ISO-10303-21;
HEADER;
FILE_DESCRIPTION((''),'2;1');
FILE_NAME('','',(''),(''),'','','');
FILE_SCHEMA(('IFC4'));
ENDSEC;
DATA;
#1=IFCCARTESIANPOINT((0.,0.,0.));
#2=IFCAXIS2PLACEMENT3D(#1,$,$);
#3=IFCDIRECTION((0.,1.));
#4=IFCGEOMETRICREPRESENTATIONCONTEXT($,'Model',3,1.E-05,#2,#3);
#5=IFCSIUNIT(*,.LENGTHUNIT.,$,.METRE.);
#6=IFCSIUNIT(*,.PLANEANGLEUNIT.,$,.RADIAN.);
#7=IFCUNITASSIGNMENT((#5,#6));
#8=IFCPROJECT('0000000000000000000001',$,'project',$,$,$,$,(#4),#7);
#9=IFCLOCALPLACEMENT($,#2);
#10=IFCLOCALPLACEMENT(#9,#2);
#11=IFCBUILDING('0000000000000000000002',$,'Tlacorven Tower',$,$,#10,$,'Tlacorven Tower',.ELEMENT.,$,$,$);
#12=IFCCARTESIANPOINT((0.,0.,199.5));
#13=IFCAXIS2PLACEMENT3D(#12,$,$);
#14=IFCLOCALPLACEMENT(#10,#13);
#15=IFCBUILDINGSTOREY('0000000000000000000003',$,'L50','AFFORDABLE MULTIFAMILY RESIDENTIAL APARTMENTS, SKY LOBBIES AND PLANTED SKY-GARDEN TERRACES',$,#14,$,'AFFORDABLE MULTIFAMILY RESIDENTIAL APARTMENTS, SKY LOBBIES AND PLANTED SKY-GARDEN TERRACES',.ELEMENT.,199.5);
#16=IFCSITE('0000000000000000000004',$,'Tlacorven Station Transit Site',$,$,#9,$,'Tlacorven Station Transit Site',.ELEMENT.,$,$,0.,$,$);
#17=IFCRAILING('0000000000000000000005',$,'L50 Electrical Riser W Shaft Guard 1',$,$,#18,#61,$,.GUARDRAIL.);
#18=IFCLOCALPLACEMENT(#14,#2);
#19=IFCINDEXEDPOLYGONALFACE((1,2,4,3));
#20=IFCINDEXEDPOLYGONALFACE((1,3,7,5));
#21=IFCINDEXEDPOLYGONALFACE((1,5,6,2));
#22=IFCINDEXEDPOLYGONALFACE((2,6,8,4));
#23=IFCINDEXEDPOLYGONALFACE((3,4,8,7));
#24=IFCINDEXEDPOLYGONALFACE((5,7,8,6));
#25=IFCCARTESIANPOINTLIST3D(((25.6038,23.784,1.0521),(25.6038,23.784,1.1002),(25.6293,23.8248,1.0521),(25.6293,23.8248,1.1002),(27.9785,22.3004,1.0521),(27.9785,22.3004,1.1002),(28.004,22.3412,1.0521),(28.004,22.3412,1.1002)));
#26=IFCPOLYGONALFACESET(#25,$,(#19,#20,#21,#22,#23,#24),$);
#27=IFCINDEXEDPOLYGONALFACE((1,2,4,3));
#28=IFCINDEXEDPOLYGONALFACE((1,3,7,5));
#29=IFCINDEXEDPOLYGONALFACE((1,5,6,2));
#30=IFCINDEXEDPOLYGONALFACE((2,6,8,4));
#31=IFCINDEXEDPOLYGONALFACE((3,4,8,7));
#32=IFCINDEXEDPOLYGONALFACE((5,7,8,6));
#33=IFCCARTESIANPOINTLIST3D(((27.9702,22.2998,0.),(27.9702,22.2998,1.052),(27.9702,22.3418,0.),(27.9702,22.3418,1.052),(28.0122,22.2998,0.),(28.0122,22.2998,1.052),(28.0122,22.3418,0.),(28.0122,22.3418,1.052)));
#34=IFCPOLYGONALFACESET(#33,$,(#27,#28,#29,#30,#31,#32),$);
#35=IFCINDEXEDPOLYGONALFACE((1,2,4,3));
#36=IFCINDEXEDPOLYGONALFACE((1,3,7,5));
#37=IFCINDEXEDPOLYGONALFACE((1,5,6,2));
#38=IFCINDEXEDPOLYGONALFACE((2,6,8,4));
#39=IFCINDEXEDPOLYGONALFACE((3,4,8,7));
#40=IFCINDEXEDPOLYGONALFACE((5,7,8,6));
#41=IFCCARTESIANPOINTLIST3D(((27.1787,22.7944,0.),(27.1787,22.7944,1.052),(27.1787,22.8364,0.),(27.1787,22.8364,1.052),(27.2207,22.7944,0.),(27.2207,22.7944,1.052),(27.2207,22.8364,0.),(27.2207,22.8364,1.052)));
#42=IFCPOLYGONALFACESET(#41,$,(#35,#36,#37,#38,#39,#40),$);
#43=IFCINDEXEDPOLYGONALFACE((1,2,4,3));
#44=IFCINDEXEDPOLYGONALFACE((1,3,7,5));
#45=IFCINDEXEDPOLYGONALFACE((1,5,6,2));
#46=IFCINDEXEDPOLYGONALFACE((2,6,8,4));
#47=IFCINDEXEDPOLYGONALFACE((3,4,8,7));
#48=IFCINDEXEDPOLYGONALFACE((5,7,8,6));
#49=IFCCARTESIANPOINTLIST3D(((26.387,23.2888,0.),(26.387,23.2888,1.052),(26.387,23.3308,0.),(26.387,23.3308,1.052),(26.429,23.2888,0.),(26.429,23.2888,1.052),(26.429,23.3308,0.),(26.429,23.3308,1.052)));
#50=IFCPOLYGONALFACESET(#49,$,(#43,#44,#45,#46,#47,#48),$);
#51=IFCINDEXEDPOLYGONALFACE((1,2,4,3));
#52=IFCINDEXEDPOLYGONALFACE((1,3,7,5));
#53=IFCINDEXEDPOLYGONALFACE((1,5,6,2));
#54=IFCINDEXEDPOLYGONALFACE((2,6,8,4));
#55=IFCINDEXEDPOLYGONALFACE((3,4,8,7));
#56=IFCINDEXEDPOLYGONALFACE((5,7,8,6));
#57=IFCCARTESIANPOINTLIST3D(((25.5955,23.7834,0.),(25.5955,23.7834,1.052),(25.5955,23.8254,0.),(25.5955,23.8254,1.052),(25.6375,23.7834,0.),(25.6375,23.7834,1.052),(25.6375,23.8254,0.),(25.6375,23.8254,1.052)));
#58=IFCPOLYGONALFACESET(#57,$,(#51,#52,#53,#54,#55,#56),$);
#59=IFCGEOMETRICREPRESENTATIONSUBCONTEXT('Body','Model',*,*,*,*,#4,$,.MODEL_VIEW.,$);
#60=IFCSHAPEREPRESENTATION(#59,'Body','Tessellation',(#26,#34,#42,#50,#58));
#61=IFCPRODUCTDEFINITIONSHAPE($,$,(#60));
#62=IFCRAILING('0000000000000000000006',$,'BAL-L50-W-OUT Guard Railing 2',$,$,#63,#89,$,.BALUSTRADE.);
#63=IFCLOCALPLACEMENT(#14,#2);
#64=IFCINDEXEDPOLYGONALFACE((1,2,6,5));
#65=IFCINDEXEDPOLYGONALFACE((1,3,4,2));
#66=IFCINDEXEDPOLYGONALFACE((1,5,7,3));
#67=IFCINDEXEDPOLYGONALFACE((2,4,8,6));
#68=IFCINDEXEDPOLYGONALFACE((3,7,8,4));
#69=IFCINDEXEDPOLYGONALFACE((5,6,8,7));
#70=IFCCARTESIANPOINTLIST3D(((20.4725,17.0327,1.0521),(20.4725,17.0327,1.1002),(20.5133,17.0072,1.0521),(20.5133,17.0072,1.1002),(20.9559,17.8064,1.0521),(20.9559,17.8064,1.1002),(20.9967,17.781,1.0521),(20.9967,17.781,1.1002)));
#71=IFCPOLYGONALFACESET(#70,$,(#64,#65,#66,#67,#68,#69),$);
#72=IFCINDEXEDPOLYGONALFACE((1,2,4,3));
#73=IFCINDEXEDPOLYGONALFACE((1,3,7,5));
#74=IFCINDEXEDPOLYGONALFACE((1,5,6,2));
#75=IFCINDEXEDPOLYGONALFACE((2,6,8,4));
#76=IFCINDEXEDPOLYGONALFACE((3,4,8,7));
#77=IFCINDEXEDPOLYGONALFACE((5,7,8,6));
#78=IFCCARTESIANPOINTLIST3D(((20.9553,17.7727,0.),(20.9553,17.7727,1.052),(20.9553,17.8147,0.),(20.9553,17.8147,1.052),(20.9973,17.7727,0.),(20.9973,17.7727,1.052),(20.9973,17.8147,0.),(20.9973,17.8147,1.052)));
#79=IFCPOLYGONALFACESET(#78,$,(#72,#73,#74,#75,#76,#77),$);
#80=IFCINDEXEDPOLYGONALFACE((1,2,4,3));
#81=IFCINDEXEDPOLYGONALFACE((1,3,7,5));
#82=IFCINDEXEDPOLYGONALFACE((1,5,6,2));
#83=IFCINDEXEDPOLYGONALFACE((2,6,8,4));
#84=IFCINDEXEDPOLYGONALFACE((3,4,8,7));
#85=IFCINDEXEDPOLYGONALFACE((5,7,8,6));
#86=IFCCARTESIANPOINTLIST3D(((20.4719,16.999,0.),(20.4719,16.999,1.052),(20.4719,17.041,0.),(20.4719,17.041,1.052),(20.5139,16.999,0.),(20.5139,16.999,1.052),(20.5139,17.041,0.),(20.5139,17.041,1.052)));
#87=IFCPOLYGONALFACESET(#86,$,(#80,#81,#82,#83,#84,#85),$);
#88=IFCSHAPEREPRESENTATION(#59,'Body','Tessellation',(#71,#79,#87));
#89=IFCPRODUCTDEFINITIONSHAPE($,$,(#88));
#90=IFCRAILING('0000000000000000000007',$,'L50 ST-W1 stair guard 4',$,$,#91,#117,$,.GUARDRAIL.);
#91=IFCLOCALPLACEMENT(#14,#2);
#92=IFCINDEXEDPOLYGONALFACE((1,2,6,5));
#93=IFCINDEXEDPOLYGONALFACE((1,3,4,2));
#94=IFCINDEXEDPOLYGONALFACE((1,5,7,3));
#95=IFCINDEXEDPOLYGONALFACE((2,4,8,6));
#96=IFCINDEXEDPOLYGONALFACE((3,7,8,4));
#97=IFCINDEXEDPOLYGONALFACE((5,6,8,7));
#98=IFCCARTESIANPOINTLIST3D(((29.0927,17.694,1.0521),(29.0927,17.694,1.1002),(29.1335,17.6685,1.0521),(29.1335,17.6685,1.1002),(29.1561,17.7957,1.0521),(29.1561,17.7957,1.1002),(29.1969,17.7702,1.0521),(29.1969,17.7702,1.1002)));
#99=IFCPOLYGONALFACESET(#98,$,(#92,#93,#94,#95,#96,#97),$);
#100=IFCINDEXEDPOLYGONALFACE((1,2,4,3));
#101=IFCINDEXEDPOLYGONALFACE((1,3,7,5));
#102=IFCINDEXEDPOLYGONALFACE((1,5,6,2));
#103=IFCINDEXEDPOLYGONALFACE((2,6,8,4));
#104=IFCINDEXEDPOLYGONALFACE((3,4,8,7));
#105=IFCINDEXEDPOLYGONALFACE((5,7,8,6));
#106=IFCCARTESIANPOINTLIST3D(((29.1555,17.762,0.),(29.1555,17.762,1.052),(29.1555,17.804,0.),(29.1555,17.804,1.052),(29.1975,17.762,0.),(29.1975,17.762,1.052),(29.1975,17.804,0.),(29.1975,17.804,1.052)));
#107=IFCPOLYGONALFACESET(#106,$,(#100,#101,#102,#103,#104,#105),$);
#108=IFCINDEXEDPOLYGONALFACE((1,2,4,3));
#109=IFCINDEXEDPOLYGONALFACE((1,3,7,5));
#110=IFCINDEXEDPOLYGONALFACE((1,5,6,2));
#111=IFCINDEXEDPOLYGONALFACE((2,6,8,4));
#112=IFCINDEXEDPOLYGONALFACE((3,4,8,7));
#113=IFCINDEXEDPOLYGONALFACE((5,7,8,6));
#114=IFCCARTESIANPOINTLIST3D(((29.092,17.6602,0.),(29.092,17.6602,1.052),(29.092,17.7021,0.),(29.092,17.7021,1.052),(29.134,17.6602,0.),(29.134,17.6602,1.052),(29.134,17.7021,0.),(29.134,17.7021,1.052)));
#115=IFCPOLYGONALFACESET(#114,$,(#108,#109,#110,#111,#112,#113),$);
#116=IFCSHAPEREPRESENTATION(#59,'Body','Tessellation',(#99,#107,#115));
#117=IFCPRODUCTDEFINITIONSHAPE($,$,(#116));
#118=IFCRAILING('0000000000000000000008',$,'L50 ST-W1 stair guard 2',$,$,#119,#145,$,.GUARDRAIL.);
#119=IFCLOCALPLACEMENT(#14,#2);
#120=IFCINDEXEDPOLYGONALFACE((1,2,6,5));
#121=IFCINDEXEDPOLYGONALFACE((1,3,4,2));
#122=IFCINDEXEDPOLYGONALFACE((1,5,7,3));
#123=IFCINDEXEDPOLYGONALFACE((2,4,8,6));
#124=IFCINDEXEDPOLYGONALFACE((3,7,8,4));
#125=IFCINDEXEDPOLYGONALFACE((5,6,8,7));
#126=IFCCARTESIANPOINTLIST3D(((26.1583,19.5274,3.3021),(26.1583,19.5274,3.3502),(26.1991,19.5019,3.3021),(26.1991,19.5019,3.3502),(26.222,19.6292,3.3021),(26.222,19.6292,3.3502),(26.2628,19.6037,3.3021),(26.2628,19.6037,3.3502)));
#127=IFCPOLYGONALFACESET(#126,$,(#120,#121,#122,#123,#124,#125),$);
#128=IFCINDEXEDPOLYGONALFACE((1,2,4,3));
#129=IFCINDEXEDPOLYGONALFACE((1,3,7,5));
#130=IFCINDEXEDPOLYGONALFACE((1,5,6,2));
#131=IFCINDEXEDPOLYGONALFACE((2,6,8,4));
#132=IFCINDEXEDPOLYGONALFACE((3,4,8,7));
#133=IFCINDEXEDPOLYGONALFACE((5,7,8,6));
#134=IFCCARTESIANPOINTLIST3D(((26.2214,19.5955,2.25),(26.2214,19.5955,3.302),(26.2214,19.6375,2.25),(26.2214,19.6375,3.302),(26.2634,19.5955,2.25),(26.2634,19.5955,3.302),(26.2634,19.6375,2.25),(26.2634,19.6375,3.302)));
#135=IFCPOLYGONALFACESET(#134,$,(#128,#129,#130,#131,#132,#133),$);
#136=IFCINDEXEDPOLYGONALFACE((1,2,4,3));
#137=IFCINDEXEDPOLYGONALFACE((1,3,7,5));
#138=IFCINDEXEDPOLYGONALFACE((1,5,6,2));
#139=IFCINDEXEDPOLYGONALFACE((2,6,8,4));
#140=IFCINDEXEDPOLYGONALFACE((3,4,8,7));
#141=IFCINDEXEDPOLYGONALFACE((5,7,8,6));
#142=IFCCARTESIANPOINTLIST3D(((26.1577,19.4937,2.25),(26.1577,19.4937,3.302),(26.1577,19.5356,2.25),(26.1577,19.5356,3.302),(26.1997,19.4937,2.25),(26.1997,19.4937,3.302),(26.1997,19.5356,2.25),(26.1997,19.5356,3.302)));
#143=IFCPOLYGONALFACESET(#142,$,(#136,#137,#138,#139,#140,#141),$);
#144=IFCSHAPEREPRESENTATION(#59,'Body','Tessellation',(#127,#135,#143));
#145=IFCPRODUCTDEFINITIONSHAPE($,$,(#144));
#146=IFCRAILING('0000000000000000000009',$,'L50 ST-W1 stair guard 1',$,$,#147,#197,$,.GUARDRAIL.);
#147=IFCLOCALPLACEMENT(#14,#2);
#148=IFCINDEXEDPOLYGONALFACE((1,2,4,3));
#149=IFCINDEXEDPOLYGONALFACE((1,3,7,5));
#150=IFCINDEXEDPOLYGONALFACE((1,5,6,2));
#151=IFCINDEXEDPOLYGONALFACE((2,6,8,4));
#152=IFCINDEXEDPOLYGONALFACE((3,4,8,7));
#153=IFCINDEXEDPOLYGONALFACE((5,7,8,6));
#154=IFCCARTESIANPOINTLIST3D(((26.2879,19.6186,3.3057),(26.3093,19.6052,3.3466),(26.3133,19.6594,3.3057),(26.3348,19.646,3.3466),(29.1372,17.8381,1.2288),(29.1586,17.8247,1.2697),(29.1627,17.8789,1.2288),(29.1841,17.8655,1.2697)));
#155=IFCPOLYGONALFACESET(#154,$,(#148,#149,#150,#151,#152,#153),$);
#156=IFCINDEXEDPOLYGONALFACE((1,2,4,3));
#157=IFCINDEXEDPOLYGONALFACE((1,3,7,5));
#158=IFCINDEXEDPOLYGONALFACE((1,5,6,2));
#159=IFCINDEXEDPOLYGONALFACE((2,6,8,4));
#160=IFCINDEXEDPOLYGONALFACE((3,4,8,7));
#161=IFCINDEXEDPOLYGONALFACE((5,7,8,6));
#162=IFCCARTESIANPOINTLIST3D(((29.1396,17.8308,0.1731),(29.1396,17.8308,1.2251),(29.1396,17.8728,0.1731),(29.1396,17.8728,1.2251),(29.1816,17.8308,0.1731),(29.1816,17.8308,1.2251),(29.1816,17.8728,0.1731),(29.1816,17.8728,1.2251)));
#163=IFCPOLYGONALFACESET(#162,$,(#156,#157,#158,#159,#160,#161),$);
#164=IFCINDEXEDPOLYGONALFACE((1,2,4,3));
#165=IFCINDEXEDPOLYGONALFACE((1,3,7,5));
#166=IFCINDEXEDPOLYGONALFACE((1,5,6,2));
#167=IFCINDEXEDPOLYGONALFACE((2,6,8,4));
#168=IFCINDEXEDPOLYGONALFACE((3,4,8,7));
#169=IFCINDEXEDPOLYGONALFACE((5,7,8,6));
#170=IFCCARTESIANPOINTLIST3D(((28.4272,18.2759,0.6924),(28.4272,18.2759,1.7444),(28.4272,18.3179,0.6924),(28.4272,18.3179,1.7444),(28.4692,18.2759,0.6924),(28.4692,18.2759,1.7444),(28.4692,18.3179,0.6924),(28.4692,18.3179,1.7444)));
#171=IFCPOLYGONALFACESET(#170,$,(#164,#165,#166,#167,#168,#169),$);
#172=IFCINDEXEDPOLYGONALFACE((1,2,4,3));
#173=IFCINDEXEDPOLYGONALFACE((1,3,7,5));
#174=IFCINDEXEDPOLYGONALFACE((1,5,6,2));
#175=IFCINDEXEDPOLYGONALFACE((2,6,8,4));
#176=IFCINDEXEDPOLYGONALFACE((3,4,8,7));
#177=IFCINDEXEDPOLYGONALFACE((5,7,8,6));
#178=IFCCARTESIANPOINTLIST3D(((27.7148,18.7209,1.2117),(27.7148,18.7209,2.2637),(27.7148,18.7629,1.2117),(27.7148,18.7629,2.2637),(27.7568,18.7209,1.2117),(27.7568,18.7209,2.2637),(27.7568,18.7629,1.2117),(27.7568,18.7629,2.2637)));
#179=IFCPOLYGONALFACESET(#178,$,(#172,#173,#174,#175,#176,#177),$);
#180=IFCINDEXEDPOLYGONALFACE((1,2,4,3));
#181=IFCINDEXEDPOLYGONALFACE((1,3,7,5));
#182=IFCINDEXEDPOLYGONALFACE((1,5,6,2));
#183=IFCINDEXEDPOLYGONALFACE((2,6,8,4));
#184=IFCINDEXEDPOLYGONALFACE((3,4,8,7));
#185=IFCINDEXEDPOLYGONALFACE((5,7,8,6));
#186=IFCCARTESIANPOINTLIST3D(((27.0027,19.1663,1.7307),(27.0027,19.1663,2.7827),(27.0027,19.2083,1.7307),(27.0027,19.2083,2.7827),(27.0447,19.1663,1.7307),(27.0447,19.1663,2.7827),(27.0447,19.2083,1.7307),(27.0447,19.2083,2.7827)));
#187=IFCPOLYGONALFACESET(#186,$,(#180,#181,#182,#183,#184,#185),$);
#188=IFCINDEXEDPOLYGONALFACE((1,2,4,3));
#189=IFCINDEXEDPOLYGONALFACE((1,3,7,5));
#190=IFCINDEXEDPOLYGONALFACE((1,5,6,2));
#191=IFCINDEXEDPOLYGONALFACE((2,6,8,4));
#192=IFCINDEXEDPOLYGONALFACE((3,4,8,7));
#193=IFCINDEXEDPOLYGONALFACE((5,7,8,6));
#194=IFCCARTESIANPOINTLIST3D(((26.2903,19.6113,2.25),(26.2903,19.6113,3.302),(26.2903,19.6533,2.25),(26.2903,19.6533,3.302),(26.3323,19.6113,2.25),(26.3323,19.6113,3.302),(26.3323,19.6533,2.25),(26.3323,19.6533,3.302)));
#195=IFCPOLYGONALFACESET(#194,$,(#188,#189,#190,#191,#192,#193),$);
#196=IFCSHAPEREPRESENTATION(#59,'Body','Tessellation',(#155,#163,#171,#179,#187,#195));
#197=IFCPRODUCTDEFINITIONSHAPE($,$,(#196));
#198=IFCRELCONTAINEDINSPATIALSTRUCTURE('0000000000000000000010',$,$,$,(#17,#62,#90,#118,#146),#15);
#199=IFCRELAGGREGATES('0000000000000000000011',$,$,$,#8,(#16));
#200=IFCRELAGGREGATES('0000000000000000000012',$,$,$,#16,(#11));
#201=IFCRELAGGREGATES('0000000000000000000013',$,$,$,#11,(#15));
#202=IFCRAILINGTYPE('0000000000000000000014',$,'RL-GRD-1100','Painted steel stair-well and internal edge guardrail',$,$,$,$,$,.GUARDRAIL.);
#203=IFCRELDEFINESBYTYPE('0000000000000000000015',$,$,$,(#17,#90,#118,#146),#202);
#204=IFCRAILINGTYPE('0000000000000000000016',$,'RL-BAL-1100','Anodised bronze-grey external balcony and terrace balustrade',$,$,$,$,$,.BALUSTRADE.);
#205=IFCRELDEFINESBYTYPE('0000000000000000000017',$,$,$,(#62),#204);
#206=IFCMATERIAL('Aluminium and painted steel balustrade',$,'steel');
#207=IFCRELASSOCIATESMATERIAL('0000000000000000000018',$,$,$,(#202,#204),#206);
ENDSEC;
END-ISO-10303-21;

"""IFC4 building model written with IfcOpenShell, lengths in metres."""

from ifc_helpers import new_model, si_unit, direction, frame, origin, origin_2d, place, context, subcontext, project, spatial, rectangle, extrude, source, transform, mapped, material, type_object, element, save


model = new_model("IFC4")

# Units and contexts
model_context = context("Model", 3, precision=1e-05, world=origin(), true_north=direction((0.0, 1.0)))
body_context = subcontext(model_context, "Body", "Model", "MODEL_VIEW")
ifc_project = project(units=[si_unit("LENGTHUNIT", "METRE"), si_unit("PLANEANGLEUNIT", "RADIAN")], contexts=[model_context])

# Site, building, storey
site_placement = place(None, origin())
site = spatial("IfcSite", under=ifc_project, at=site_placement, Name="Tlacorven Station Transit Site", LongName="Tlacorven Station Transit Site", CompositionType="ELEMENT", RefElevation=0.0)
building_placement = place(site_placement, origin())
building = spatial("IfcBuilding", under=site, at=building_placement, Name="Tlacorven Tower", LongName="Tlacorven Tower", CompositionType="ELEMENT")
storey_placement = place(building_placement, frame((0.0, 0.0, 199.5)))
storey = spatial("IfcBuildingStorey", under=building, at=storey_placement, Name="L50", Description="AFFORDABLE MULTIFAMILY RESIDENTIAL APARTMENTS, SKY LOBBIES AND PLANTED SKY-GARDEN TERRACES", LongName="AFFORDABLE MULTIFAMILY RESIDENTIAL APARTMENTS, SKY LOBBIES AND PLANTED SKY-GARDEN TERRACES", CompositionType="ELEMENT", Elevation=199.5)

# Railings
ifc_material_1 = material(Name="Aluminium and painted steel balustrade", Category="steel")
railing_type_1 = type_object("IfcRailingType", Name="RL-GRD-1100", Description="Painted steel stair-well and internal edge guardrail", PredefinedType="GUARDRAIL", material=ifc_material_1)
shared_shape_1 = source(origin(), body_context, "Body", "SweptSolid", [
    extrude(rectangle(XDim=0.0481, YDim=0.0481, at=origin_2d()), frame((0.0, 0.0, 1.0762), z_axis=(-0.848091, 0.52985, 0.0), x_axis=(-0.52985, -0.848091, 0.0)), (0.0, 0.0, 1.0), 2.8),
    extrude(rectangle(XDim=0.042, YDim=0.042, at=origin_2d()), origin(), (0.0, 0.0, 1.0), 1.052),
    extrude(rectangle(XDim=0.042, YDim=0.042, at=origin_2d()), frame((-0.7915, 0.4946, 0.0)), (0.0, 0.0, 1.0), 1.052),
    extrude(rectangle(XDim=0.042, YDim=0.042, at=origin_2d()), frame((-1.5833, 0.989, 0.0)), (0.0, 0.0, 1.0), 1.052),
    extrude(rectangle(XDim=0.042, YDim=0.042, at=origin_2d()), frame((-2.3748, 1.4836, 0.0)), (0.0, 0.0, 1.0), 1.052),
])
railing_1_placement = place(storey_placement, frame((27.9912, 22.3208, 0.0)))
element("IfcRailing", 1, at=railing_1_placement, inside=storey, type_object=railing_type_1, Name="L50 Electrical Riser W Shaft Guard 1", PredefinedType="GUARDRAIL", context=body_context, shape_type="MappedRepresentation", body=[
    mapped(shared_shape_1, transform((0.0, 0.0, 0.0), scale=1.0)),
])
railing_type_2 = type_object("IfcRailingType", Name="RL-BAL-1100", Description="Anodised bronze-grey external balcony and terrace balustrade", PredefinedType="BALUSTRADE", material=ifc_material_1)
shared_shape_2 = source(origin(), body_context, "Body", "SweptSolid", [
    extrude(rectangle(XDim=0.0481, YDim=0.0481, at=origin_2d()), frame((0.0, 0.0, 1.0762), z_axis=(-0.529879, -0.848073, 0.0), x_axis=(0.848073, -0.529879, 0.0)), (0.0, 0.0, 1.0), 0.9124),
    extrude(rectangle(XDim=0.042, YDim=0.042, at=origin_2d()), origin(), (0.0, 0.0, 1.0), 1.052),
    extrude(rectangle(XDim=0.042, YDim=0.042, at=origin_2d()), frame((-0.4834, -0.7737, 0.0)), (0.0, 0.0, 1.0), 1.052),
])
railing_2_placement = place(storey_placement, frame((20.9763, 17.7937, 0.0)))
element("IfcRailing", 2, at=railing_2_placement, inside=storey, type_object=railing_type_2, Name="BAL-L50-W-OUT Guard Railing 2", PredefinedType="BALUSTRADE", context=body_context, shape_type="MappedRepresentation", body=[
    mapped(shared_shape_2, transform((0.0, 0.0, 0.0), scale=1.0)),
])
shared_shape_3 = source(origin(), body_context, "Body", "SweptSolid", [
    extrude(rectangle(XDim=0.0481, YDim=0.0481, at=origin_2d()), frame((0.0, 0.0, 1.0762), z_axis=(-0.529084, -0.848569, 0.0), x_axis=(0.848569, -0.529084, 0.0)), (0.0, 0.0, 1.0), 0.1199),
    extrude(rectangle(XDim=0.042, YDim=0.042, at=origin_2d()), origin(), (0.0, 0.0, 1.0), 1.052),
    extrude(rectangle(XDim=0.042, YDim=0.042, at=origin_2d()), frame((-0.0635, -0.1018, 0.0)), (0.0, 0.0, 1.0), 1.052),
])
railing_3_placement = place(storey_placement, frame((29.1765, 17.783, 0.0)))
element("IfcRailing", 3, at=railing_3_placement, inside=storey, type_object=railing_type_1, Name="L50 ST-W1 stair guard 4", PredefinedType="GUARDRAIL", context=body_context, shape_type="MappedRepresentation", body=[
    mapped(shared_shape_3, transform((0.0, 0.0, 0.0), scale=1.0)),
])
shared_shape_4 = source(origin(), body_context, "Body", "SweptSolid", [
    extrude(rectangle(XDim=0.0481, YDim=0.0481, at=origin_2d()), frame((0.0, 0.0, 1.0762), z_axis=(-0.530547, -0.847656, 0.0), x_axis=(0.847656, -0.530547, 0.0)), (0.0, 0.0, 1.0), 0.1201),
    extrude(rectangle(XDim=0.042, YDim=0.042, at=origin_2d()), origin(), (0.0, 0.0, 1.0), 1.052),
    extrude(rectangle(XDim=0.042, YDim=0.042, at=origin_2d()), frame((-0.0637, -0.1018, 0.0)), (0.0, 0.0, 1.0), 1.052),
])
railing_4_placement = place(storey_placement, frame((26.2424, 19.6165, 2.25)))
element("IfcRailing", 4, at=railing_4_placement, inside=storey, type_object=railing_type_1, Name="L50 ST-W1 stair guard 2", PredefinedType="GUARDRAIL", context=body_context, shape_type="MappedRepresentation", body=[
    mapped(shared_shape_4, transform((0.0, 0.0, 0.0), scale=1.0)),
])
shared_shape_5 = source(origin(), body_context, "Body", "SweptSolid", [
    extrude(rectangle(XDim=0.0481, YDim=0.0481, at=origin_2d()), frame((0.0, 0.0, 1.0762), z_axis=(-0.721355, 0.450762, 0.525796), x_axis=(-0.529927, -0.848043, 0.0)), (0.0, 0.0, 1.0), 3.95),
    extrude(rectangle(XDim=0.042, YDim=0.042, at=origin_2d()), origin(), (0.0, 0.0, 1.0), 1.052),
    extrude(rectangle(XDim=0.042, YDim=0.042, at=origin_2d()), frame((-0.7124, 0.4451, 0.5193)), (0.0, 0.0, 1.0), 1.052),
    extrude(rectangle(XDim=0.042, YDim=0.042, at=origin_2d()), frame((-1.4248, 0.8901, 1.0386)), (0.0, 0.0, 1.0), 1.052),
    extrude(rectangle(XDim=0.042, YDim=0.042, at=origin_2d()), frame((-2.137, 1.3354, 1.5576)), (0.0, 0.0, 1.0), 1.052),
    extrude(rectangle(XDim=0.042, YDim=0.042, at=origin_2d()), frame((-2.8494, 1.7805, 2.0769)), (0.0, 0.0, 1.0), 1.052),
])
railing_5_placement = place(storey_placement, frame((29.1606, 17.8518, 0.1731)))
element("IfcRailing", 5, at=railing_5_placement, inside=storey, type_object=railing_type_1, Name="L50 ST-W1 stair guard 1", PredefinedType="GUARDRAIL", context=body_context, shape_type="MappedRepresentation", body=[
    mapped(shared_shape_5, transform((0.0, 0.0, 0.0), scale=1.0)),
])

save(model, "model.ifc")
